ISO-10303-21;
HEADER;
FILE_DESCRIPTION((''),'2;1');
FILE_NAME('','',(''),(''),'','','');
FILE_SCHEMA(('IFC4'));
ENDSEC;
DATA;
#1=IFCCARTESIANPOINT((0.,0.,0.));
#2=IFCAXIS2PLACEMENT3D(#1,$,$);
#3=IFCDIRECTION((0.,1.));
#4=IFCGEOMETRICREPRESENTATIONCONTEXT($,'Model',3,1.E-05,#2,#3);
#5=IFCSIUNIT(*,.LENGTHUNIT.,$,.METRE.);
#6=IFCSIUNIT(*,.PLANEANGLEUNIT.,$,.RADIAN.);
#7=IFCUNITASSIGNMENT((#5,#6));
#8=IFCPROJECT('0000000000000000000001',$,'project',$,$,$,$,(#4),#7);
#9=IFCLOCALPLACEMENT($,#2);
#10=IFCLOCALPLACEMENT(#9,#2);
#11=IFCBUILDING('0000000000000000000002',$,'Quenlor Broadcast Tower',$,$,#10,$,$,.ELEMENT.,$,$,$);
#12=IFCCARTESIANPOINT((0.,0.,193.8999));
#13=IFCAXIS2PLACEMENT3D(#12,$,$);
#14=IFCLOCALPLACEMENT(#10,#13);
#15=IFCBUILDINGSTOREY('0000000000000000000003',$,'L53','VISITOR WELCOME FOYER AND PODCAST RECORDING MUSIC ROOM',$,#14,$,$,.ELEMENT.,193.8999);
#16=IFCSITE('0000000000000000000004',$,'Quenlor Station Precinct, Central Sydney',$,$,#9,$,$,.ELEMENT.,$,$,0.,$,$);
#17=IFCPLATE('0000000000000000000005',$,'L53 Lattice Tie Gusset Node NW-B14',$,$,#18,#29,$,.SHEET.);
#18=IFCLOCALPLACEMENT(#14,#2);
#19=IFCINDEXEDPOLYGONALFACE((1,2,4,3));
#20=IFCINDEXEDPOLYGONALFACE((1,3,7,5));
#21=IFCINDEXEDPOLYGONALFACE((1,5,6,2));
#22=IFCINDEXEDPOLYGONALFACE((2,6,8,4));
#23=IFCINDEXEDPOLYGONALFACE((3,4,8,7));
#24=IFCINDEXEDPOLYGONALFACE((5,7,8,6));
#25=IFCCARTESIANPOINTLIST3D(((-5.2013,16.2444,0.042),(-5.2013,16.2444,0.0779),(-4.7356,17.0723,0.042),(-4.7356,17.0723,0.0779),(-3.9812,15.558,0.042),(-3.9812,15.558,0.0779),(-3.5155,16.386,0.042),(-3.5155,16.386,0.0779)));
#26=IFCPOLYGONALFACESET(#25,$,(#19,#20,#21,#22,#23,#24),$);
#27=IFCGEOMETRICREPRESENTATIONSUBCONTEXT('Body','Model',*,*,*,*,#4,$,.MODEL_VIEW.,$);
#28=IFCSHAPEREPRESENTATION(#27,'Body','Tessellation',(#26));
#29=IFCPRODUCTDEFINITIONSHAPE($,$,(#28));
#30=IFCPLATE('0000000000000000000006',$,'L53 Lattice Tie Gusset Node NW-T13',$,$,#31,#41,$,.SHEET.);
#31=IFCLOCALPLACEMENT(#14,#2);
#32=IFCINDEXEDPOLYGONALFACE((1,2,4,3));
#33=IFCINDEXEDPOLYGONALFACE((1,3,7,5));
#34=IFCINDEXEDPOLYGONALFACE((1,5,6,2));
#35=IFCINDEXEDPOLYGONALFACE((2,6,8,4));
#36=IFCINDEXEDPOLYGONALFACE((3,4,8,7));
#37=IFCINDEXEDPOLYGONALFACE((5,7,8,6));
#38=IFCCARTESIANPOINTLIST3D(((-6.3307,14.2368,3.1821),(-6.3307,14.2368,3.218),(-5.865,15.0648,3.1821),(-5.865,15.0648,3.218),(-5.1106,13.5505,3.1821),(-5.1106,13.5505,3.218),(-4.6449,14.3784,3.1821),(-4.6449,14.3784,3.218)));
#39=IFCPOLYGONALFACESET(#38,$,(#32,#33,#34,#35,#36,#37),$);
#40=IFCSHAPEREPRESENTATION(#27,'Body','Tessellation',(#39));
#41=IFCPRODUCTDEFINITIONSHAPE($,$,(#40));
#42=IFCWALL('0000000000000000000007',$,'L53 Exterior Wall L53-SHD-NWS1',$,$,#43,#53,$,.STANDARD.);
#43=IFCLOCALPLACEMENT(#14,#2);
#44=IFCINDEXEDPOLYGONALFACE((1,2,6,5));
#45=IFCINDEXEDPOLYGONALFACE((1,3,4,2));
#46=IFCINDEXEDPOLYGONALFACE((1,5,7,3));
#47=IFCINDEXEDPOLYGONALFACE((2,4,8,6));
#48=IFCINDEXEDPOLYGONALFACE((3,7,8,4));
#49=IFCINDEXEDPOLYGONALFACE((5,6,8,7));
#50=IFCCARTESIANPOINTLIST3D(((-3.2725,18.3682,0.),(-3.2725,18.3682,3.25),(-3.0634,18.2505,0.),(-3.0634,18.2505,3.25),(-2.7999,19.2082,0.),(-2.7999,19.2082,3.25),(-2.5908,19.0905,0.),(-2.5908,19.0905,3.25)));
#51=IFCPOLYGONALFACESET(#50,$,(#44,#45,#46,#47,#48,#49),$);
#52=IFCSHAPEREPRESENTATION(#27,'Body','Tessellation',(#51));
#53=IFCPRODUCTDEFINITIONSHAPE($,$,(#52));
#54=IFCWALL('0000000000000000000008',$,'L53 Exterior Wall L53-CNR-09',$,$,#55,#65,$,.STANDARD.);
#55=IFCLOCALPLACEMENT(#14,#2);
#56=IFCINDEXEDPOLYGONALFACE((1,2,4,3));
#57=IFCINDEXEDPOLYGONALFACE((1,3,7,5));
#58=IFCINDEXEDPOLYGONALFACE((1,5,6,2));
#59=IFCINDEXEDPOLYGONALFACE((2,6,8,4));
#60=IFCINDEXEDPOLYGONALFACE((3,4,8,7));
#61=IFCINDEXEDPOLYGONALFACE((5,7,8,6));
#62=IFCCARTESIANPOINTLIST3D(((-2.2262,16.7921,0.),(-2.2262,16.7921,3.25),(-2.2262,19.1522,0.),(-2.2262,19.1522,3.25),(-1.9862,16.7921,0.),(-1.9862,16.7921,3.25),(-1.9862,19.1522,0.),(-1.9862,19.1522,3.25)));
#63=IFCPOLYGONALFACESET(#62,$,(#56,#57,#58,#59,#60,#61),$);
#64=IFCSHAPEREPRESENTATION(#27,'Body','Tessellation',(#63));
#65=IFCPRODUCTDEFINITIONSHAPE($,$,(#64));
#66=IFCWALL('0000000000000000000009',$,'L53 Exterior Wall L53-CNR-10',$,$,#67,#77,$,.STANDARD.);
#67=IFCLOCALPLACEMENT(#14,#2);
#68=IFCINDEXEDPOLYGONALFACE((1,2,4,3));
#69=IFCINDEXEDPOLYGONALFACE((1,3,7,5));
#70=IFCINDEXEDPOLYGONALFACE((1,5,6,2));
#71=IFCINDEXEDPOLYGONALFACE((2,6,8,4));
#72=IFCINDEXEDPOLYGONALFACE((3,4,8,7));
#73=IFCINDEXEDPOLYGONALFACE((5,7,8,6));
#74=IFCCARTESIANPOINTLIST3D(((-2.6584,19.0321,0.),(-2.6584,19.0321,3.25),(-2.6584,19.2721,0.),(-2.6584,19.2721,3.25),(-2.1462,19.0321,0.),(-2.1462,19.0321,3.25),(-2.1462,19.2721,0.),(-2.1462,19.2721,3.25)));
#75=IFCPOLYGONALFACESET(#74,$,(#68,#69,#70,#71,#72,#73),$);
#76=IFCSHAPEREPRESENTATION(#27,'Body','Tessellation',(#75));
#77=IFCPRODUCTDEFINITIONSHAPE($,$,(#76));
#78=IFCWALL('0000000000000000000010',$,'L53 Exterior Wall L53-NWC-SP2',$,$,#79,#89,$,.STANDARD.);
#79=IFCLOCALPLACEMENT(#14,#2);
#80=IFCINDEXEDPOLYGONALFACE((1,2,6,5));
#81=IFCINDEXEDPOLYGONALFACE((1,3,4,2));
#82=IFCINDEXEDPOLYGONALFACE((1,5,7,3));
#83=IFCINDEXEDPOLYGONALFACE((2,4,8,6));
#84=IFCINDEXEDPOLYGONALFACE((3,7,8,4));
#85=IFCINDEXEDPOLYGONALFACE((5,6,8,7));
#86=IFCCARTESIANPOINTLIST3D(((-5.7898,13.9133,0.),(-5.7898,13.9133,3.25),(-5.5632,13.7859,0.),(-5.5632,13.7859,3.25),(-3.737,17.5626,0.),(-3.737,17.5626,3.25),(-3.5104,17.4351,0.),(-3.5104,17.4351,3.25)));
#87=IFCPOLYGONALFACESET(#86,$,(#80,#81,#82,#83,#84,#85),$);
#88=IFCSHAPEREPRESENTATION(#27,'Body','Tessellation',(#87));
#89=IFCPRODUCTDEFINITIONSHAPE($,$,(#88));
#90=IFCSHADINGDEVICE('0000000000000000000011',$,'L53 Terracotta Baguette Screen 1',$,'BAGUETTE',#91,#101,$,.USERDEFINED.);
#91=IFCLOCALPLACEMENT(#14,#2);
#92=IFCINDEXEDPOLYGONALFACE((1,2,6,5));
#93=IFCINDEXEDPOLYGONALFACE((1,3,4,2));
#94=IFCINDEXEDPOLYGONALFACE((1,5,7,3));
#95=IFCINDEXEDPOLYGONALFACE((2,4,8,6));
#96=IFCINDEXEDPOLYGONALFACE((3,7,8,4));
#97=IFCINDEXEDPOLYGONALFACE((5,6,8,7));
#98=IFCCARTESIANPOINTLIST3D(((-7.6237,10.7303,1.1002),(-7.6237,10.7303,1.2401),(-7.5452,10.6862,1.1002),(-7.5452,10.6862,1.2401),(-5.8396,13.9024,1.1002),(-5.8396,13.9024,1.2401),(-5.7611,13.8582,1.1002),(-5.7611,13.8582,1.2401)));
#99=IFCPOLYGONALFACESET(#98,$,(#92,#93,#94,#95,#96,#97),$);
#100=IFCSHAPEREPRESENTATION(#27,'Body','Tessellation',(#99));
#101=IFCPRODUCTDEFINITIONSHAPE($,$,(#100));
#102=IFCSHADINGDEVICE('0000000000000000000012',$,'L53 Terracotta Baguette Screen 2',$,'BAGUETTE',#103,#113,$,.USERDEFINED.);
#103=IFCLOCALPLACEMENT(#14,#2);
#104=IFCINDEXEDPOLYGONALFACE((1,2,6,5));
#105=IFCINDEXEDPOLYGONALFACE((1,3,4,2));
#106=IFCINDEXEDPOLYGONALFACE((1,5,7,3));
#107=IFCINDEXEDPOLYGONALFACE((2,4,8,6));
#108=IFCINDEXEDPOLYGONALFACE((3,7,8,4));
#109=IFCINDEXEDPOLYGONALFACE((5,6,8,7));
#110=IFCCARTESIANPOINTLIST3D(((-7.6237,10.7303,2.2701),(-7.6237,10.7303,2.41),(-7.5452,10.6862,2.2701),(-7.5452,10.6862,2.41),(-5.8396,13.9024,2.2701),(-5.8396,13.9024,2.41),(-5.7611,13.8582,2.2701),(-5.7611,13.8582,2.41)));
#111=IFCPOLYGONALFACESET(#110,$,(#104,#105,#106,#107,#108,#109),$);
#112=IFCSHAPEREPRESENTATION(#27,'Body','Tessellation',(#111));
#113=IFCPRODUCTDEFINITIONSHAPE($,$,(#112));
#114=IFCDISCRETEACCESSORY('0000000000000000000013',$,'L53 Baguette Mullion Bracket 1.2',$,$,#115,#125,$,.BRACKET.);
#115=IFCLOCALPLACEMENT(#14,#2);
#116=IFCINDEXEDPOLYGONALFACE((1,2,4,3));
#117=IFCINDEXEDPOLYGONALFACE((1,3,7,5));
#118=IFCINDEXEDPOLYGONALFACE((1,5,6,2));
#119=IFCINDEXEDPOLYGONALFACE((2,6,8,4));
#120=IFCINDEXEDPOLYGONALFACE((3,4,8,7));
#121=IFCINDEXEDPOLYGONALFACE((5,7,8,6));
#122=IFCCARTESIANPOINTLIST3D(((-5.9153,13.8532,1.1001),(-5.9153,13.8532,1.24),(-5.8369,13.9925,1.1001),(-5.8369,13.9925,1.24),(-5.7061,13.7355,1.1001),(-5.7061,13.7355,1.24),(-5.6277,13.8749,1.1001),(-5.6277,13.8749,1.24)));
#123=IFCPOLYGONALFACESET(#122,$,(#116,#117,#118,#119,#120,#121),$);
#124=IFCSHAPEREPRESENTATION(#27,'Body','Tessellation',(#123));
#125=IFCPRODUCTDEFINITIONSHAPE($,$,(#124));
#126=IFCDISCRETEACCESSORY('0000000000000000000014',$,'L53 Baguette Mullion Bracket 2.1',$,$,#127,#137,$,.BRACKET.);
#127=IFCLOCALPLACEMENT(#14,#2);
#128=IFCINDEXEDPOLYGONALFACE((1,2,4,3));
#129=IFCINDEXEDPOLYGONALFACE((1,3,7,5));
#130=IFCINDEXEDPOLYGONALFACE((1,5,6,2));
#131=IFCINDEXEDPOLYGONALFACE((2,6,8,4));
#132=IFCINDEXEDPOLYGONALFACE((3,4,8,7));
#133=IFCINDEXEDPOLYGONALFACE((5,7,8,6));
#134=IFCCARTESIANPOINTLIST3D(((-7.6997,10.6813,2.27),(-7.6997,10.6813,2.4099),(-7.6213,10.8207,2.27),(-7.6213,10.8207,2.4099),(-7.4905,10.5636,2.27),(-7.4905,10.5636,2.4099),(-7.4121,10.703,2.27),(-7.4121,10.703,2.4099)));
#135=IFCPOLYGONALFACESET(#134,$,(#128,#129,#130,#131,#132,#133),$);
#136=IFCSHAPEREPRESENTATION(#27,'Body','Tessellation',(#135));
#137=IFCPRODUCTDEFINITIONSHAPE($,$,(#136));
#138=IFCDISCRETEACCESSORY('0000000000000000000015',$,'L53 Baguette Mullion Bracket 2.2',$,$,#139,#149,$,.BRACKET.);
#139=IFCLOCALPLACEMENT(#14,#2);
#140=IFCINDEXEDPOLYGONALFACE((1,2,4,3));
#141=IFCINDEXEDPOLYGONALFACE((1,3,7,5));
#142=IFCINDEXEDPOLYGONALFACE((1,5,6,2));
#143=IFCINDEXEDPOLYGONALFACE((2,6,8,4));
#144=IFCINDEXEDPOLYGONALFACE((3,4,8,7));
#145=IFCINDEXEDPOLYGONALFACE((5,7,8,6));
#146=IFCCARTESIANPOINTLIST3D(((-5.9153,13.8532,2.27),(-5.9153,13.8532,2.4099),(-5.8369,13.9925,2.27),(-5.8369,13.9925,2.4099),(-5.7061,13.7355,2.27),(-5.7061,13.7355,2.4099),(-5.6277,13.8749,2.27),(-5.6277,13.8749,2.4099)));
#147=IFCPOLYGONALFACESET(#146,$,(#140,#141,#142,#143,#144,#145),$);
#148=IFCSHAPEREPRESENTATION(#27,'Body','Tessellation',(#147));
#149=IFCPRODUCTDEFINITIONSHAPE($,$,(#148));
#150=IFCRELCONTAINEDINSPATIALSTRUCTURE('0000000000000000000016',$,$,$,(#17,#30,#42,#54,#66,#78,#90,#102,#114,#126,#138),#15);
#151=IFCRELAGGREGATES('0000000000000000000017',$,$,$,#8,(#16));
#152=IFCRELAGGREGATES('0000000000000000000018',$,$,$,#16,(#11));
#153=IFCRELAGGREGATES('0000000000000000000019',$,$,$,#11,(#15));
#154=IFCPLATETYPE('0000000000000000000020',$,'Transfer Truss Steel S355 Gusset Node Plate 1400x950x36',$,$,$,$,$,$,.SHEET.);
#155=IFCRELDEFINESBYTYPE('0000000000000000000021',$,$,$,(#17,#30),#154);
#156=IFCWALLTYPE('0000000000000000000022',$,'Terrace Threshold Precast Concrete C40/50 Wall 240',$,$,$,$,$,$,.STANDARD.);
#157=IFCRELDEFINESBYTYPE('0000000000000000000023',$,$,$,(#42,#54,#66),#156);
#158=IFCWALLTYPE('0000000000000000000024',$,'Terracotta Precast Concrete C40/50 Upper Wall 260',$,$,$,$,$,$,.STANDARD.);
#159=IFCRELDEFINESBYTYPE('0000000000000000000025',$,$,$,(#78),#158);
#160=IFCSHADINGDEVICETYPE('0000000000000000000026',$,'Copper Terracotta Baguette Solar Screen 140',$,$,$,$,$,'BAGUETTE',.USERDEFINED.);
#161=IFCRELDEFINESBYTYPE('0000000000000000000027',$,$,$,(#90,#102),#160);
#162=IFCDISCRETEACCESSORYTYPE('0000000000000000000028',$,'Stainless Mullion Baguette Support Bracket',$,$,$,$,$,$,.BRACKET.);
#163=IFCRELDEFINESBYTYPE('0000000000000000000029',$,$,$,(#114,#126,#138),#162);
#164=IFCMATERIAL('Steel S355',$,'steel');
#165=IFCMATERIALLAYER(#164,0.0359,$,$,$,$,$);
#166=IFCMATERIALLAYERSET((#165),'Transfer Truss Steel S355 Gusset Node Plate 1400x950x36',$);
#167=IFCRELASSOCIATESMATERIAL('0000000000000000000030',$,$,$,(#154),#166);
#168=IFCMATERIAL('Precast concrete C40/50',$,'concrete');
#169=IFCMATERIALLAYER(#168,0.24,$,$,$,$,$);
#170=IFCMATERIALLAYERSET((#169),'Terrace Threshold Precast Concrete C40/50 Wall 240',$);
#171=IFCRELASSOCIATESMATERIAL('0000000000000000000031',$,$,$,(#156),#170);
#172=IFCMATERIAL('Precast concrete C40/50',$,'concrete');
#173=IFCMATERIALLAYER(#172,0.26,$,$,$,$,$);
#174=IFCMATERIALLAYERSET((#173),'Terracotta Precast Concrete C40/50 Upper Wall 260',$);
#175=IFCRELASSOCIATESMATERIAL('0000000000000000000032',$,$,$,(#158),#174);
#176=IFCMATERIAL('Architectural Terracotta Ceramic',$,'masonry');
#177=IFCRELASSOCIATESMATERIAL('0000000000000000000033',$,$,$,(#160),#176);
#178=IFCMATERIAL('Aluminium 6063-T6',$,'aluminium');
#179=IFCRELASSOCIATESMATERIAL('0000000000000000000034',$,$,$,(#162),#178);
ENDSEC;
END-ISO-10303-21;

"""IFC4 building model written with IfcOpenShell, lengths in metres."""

from ifc_helpers import new_model, si_unit, direction, frame, frame_2d, origin, origin_2d, place, context, subcontext, project, spatial, rectangle, extrude, material, layer, layer_set, material_profile, profile_set, type_object, element, save


model = new_model("IFC4")

# Units and contexts
model_context = context("Model", 3, precision=1e-05, world=origin(), true_north=direction((0.0, 1.0)))
body_context = subcontext(model_context, "Body", "Model", "MODEL_VIEW")
ifc_project = project(units=[si_unit("LENGTHUNIT", "METRE"), si_unit("PLANEANGLEUNIT", "RADIAN")], contexts=[model_context])

# Site, building, storey
site_placement = place(None, origin())
site = spatial("IfcSite", under=ifc_project, at=site_placement, Name="Quenlor Station Precinct, Central Sydney", CompositionType="ELEMENT", RefElevation=0.0)
building_placement = place(site_placement, origin())
building = spatial("IfcBuilding", under=site, at=building_placement, Name="Quenlor Broadcast Tower", CompositionType="ELEMENT")
storey_placement = place(building_placement, frame((0.0, 0.0, 193.8999)))
storey = spatial("IfcBuildingStorey", under=building, at=storey_placement, Name="L53", Description="VISITOR WELCOME FOYER AND PODCAST RECORDING MUSIC ROOM", CompositionType="ELEMENT", Elevation=193.8999)

# Plates
ifc_material_1 = material(Name="Steel S355", Category="steel")
ifc_layer_1 = layer(ifc_material_1, 0.0359)
ifc_layer_set_1 = layer_set([ifc_layer_1], Name="Transfer Truss Steel S355 Gusset Node Plate 1400x950x36")
plate_type_1 = type_object("IfcPlateType", Name="Transfer Truss Steel S355 Gusset Node Plate 1400x950x36", PredefinedType="SHEET", material=ifc_layer_set_1)
for number, where, z_axis, x_axis, name in (
    (1, (-4.3584, 16.3152, 0.042), (0.0, 0.0, 1.0), (-0.871556, 0.490295, 0.0), "L53 Lattice Tie Gusset Node NW-B14"),
    (2, (-5.4878, 14.3076, 3.1821), (0.0, 0.0, 1.0), (-0.871556, 0.490295, 0.0), "L53 Lattice Tie Gusset Node NW-T13"),
):
    element("IfcPlate", number, at=place(storey_placement, frame(where, z_axis=z_axis, x_axis=x_axis)), inside=storey, type_object=plate_type_1, Name=name, PredefinedType="SHEET", context=body_context, shape_type="SweptSolid", body=[
        extrude(rectangle(XDim=1.3999, YDim=0.95, at=origin_2d()), origin(), (0.0, 0.0, 1.0), 0.0359),
    ])

# Walls
ifc_material_2 = material(Name="Precast concrete C40/50", Category="concrete")
ifc_layer_2 = layer(ifc_material_2, 0.24)
ifc_layer_set_2 = layer_set([ifc_layer_2], Name="Terrace Threshold Precast Concrete C40/50 Wall 240")
wall_type_1 = type_object("IfcWallType", Name="Terrace Threshold Precast Concrete C40/50 Wall 240", PredefinedType="STANDARD", material=ifc_layer_set_2)
wall_1_placement = place(storey_placement, frame((-3.168, 18.3093, 0.0), z_axis=(0.0, 0.0, 1.0), x_axis=(0.490345, 0.871528, 0.0)))
element("IfcWall", 3, at=wall_1_placement, inside=storey, type_object=wall_type_1, Name="L53 Exterior Wall L53-SHD-NWS1", PredefinedType="STANDARD", context=body_context, shape_type="SweptSolid", body=[
    extrude(rectangle(XDim=0.9639, YDim=0.24, at=frame_2d((0.4819, 0.0))), origin(), (0.0, 0.0, 1.0), 3.25),
])
wall_2_placement = place(storey_placement, frame((-2.1062, 16.792, 0.0), z_axis=(0.0, 0.0, 1.0), x_axis=(0.0, 1.0, 0.0)))
element("IfcWall", 4, at=wall_2_placement, inside=storey, type_object=wall_type_1, Name="L53 Exterior Wall L53-CNR-09", PredefinedType="STANDARD", context=body_context, shape_type="SweptSolid", body=[
    extrude(rectangle(XDim=2.3601, YDim=0.24, at=frame_2d((1.1802, 0.0))), origin(), (0.0, 0.0, 1.0), 3.25),
])
wall_3_placement = place(storey_placement, frame((-2.1462, 19.1521, 0.0), z_axis=(0.0, 0.0, 1.0), x_axis=(-1.0, 0.0, 0.0)))
element("IfcWall", 5, at=wall_3_placement, inside=storey, type_object=wall_type_1, Name="L53 Exterior Wall L53-CNR-10", PredefinedType="STANDARD", context=body_context, shape_type="SweptSolid", body=[
    extrude(rectangle(XDim=0.5122, YDim=0.24, at=frame_2d((0.2561, 0.0))), origin(), (0.0, 0.0, 1.0), 3.25),
])
ifc_material_3 = material(Name="Precast concrete C40/50", Category="concrete")
ifc_layer_3 = layer(ifc_material_3, 0.26)
ifc_layer_set_3 = layer_set([ifc_layer_3], Name="Terracotta Precast Concrete C40/50 Upper Wall 260")
wall_type_2 = type_object("IfcWallType", Name="Terracotta Precast Concrete C40/50 Upper Wall 260", PredefinedType="STANDARD", material=ifc_layer_set_3)
wall_4_placement = place(storey_placement, frame((-5.6765, 13.8496, 0.0), z_axis=(0.0, 0.0, 1.0), x_axis=(0.490275, 0.871568, 0.0)))
element("IfcWall", 6, at=wall_4_placement, inside=storey, type_object=wall_type_2, Name="L53 Exterior Wall L53-NWC-SP2", PredefinedType="STANDARD", context=body_context, shape_type="SweptSolid", body=[
    extrude(rectangle(XDim=4.187, YDim=0.26, at=frame_2d((2.0935, 0.0))), origin(), (0.0, 0.0, 1.0), 3.25),
])

# Shading devices
ifc_material_4 = material(Name="Architectural Terracotta Ceramic", Category="masonry")
ifc_material_profile_1 = material_profile(ifc_material_4, rectangle(XDim=0.0901, YDim=0.1399, at=origin_2d()))
ifc_profile_set_1 = profile_set([ifc_material_profile_1], Name="Architectural Terracotta Ceramic BAG90x140")
shading_device_type = type_object("IfcShadingDeviceType", Name="Copper Terracotta Baguette Solar Screen 140", ElementType="BAGUETTE", PredefinedType="USERDEFINED", material=ifc_profile_set_1)
for number, where, z_axis, x_axis, name in (
    (7, (-7.5845, 10.7083, 1.1702), (0.490233, 0.871592, 0.0), (-0.871592, 0.490233, 0.0), "L53 Terracotta Baguette Screen 1"),
    (8, (-7.5845, 10.7083, 2.3401), (0.490233, 0.871592, 0.0), (-0.871592, 0.490233, 0.0), "L53 Terracotta Baguette Screen 2"),
):
    element("IfcShadingDevice", number, at=place(storey_placement, frame(where, z_axis=z_axis, x_axis=x_axis)), inside=storey, type_object=shading_device_type, Name=name, ObjectType="BAGUETTE", PredefinedType="USERDEFINED", context=body_context, shape_type="SweptSolid", body=[
        extrude(rectangle(XDim=0.0901, YDim=0.1399, at=origin_2d()), origin(), (0.0, 0.0, 1.0), 3.6394),
    ])

# Discrete accessories
ifc_material_5 = material(Name="Aluminium 6063-T6", Category="aluminium")
discrete_accessory_type = type_object("IfcDiscreteAccessoryType", Name="Stainless Mullion Baguette Support Bracket", PredefinedType="BRACKET", material=ifc_material_5)
for number, where, z_axis, x_axis, name in (
    (9, (-5.7715, 13.864, 1.1001), (0.0, 0.0, 1.0), (0.49026, 0.871576, 0.0), "L53 Baguette Mullion Bracket 1.2"),
    (10, (-7.5559, 10.6921, 2.27), (0.0, 0.0, 1.0), (0.49026, 0.871576, 0.0), "L53 Baguette Mullion Bracket 2.1"),
    (11, (-5.7715, 13.864, 2.27), (0.0, 0.0, 1.0), (0.49026, 0.871576, 0.0), "L53 Baguette Mullion Bracket 2.2"),
):
    element("IfcDiscreteAccessory", number, at=place(storey_placement, frame(where, z_axis=z_axis, x_axis=x_axis)), inside=storey, type_object=discrete_accessory_type, Name=name, PredefinedType="BRACKET", context=body_context, shape_type="SweptSolid", body=[
        extrude(rectangle(XDim=0.1599, YDim=0.24, at=origin_2d()), origin(), (0.0, 0.0, 1.0), 0.1399),
    ])

save(model, "model.ifc")
